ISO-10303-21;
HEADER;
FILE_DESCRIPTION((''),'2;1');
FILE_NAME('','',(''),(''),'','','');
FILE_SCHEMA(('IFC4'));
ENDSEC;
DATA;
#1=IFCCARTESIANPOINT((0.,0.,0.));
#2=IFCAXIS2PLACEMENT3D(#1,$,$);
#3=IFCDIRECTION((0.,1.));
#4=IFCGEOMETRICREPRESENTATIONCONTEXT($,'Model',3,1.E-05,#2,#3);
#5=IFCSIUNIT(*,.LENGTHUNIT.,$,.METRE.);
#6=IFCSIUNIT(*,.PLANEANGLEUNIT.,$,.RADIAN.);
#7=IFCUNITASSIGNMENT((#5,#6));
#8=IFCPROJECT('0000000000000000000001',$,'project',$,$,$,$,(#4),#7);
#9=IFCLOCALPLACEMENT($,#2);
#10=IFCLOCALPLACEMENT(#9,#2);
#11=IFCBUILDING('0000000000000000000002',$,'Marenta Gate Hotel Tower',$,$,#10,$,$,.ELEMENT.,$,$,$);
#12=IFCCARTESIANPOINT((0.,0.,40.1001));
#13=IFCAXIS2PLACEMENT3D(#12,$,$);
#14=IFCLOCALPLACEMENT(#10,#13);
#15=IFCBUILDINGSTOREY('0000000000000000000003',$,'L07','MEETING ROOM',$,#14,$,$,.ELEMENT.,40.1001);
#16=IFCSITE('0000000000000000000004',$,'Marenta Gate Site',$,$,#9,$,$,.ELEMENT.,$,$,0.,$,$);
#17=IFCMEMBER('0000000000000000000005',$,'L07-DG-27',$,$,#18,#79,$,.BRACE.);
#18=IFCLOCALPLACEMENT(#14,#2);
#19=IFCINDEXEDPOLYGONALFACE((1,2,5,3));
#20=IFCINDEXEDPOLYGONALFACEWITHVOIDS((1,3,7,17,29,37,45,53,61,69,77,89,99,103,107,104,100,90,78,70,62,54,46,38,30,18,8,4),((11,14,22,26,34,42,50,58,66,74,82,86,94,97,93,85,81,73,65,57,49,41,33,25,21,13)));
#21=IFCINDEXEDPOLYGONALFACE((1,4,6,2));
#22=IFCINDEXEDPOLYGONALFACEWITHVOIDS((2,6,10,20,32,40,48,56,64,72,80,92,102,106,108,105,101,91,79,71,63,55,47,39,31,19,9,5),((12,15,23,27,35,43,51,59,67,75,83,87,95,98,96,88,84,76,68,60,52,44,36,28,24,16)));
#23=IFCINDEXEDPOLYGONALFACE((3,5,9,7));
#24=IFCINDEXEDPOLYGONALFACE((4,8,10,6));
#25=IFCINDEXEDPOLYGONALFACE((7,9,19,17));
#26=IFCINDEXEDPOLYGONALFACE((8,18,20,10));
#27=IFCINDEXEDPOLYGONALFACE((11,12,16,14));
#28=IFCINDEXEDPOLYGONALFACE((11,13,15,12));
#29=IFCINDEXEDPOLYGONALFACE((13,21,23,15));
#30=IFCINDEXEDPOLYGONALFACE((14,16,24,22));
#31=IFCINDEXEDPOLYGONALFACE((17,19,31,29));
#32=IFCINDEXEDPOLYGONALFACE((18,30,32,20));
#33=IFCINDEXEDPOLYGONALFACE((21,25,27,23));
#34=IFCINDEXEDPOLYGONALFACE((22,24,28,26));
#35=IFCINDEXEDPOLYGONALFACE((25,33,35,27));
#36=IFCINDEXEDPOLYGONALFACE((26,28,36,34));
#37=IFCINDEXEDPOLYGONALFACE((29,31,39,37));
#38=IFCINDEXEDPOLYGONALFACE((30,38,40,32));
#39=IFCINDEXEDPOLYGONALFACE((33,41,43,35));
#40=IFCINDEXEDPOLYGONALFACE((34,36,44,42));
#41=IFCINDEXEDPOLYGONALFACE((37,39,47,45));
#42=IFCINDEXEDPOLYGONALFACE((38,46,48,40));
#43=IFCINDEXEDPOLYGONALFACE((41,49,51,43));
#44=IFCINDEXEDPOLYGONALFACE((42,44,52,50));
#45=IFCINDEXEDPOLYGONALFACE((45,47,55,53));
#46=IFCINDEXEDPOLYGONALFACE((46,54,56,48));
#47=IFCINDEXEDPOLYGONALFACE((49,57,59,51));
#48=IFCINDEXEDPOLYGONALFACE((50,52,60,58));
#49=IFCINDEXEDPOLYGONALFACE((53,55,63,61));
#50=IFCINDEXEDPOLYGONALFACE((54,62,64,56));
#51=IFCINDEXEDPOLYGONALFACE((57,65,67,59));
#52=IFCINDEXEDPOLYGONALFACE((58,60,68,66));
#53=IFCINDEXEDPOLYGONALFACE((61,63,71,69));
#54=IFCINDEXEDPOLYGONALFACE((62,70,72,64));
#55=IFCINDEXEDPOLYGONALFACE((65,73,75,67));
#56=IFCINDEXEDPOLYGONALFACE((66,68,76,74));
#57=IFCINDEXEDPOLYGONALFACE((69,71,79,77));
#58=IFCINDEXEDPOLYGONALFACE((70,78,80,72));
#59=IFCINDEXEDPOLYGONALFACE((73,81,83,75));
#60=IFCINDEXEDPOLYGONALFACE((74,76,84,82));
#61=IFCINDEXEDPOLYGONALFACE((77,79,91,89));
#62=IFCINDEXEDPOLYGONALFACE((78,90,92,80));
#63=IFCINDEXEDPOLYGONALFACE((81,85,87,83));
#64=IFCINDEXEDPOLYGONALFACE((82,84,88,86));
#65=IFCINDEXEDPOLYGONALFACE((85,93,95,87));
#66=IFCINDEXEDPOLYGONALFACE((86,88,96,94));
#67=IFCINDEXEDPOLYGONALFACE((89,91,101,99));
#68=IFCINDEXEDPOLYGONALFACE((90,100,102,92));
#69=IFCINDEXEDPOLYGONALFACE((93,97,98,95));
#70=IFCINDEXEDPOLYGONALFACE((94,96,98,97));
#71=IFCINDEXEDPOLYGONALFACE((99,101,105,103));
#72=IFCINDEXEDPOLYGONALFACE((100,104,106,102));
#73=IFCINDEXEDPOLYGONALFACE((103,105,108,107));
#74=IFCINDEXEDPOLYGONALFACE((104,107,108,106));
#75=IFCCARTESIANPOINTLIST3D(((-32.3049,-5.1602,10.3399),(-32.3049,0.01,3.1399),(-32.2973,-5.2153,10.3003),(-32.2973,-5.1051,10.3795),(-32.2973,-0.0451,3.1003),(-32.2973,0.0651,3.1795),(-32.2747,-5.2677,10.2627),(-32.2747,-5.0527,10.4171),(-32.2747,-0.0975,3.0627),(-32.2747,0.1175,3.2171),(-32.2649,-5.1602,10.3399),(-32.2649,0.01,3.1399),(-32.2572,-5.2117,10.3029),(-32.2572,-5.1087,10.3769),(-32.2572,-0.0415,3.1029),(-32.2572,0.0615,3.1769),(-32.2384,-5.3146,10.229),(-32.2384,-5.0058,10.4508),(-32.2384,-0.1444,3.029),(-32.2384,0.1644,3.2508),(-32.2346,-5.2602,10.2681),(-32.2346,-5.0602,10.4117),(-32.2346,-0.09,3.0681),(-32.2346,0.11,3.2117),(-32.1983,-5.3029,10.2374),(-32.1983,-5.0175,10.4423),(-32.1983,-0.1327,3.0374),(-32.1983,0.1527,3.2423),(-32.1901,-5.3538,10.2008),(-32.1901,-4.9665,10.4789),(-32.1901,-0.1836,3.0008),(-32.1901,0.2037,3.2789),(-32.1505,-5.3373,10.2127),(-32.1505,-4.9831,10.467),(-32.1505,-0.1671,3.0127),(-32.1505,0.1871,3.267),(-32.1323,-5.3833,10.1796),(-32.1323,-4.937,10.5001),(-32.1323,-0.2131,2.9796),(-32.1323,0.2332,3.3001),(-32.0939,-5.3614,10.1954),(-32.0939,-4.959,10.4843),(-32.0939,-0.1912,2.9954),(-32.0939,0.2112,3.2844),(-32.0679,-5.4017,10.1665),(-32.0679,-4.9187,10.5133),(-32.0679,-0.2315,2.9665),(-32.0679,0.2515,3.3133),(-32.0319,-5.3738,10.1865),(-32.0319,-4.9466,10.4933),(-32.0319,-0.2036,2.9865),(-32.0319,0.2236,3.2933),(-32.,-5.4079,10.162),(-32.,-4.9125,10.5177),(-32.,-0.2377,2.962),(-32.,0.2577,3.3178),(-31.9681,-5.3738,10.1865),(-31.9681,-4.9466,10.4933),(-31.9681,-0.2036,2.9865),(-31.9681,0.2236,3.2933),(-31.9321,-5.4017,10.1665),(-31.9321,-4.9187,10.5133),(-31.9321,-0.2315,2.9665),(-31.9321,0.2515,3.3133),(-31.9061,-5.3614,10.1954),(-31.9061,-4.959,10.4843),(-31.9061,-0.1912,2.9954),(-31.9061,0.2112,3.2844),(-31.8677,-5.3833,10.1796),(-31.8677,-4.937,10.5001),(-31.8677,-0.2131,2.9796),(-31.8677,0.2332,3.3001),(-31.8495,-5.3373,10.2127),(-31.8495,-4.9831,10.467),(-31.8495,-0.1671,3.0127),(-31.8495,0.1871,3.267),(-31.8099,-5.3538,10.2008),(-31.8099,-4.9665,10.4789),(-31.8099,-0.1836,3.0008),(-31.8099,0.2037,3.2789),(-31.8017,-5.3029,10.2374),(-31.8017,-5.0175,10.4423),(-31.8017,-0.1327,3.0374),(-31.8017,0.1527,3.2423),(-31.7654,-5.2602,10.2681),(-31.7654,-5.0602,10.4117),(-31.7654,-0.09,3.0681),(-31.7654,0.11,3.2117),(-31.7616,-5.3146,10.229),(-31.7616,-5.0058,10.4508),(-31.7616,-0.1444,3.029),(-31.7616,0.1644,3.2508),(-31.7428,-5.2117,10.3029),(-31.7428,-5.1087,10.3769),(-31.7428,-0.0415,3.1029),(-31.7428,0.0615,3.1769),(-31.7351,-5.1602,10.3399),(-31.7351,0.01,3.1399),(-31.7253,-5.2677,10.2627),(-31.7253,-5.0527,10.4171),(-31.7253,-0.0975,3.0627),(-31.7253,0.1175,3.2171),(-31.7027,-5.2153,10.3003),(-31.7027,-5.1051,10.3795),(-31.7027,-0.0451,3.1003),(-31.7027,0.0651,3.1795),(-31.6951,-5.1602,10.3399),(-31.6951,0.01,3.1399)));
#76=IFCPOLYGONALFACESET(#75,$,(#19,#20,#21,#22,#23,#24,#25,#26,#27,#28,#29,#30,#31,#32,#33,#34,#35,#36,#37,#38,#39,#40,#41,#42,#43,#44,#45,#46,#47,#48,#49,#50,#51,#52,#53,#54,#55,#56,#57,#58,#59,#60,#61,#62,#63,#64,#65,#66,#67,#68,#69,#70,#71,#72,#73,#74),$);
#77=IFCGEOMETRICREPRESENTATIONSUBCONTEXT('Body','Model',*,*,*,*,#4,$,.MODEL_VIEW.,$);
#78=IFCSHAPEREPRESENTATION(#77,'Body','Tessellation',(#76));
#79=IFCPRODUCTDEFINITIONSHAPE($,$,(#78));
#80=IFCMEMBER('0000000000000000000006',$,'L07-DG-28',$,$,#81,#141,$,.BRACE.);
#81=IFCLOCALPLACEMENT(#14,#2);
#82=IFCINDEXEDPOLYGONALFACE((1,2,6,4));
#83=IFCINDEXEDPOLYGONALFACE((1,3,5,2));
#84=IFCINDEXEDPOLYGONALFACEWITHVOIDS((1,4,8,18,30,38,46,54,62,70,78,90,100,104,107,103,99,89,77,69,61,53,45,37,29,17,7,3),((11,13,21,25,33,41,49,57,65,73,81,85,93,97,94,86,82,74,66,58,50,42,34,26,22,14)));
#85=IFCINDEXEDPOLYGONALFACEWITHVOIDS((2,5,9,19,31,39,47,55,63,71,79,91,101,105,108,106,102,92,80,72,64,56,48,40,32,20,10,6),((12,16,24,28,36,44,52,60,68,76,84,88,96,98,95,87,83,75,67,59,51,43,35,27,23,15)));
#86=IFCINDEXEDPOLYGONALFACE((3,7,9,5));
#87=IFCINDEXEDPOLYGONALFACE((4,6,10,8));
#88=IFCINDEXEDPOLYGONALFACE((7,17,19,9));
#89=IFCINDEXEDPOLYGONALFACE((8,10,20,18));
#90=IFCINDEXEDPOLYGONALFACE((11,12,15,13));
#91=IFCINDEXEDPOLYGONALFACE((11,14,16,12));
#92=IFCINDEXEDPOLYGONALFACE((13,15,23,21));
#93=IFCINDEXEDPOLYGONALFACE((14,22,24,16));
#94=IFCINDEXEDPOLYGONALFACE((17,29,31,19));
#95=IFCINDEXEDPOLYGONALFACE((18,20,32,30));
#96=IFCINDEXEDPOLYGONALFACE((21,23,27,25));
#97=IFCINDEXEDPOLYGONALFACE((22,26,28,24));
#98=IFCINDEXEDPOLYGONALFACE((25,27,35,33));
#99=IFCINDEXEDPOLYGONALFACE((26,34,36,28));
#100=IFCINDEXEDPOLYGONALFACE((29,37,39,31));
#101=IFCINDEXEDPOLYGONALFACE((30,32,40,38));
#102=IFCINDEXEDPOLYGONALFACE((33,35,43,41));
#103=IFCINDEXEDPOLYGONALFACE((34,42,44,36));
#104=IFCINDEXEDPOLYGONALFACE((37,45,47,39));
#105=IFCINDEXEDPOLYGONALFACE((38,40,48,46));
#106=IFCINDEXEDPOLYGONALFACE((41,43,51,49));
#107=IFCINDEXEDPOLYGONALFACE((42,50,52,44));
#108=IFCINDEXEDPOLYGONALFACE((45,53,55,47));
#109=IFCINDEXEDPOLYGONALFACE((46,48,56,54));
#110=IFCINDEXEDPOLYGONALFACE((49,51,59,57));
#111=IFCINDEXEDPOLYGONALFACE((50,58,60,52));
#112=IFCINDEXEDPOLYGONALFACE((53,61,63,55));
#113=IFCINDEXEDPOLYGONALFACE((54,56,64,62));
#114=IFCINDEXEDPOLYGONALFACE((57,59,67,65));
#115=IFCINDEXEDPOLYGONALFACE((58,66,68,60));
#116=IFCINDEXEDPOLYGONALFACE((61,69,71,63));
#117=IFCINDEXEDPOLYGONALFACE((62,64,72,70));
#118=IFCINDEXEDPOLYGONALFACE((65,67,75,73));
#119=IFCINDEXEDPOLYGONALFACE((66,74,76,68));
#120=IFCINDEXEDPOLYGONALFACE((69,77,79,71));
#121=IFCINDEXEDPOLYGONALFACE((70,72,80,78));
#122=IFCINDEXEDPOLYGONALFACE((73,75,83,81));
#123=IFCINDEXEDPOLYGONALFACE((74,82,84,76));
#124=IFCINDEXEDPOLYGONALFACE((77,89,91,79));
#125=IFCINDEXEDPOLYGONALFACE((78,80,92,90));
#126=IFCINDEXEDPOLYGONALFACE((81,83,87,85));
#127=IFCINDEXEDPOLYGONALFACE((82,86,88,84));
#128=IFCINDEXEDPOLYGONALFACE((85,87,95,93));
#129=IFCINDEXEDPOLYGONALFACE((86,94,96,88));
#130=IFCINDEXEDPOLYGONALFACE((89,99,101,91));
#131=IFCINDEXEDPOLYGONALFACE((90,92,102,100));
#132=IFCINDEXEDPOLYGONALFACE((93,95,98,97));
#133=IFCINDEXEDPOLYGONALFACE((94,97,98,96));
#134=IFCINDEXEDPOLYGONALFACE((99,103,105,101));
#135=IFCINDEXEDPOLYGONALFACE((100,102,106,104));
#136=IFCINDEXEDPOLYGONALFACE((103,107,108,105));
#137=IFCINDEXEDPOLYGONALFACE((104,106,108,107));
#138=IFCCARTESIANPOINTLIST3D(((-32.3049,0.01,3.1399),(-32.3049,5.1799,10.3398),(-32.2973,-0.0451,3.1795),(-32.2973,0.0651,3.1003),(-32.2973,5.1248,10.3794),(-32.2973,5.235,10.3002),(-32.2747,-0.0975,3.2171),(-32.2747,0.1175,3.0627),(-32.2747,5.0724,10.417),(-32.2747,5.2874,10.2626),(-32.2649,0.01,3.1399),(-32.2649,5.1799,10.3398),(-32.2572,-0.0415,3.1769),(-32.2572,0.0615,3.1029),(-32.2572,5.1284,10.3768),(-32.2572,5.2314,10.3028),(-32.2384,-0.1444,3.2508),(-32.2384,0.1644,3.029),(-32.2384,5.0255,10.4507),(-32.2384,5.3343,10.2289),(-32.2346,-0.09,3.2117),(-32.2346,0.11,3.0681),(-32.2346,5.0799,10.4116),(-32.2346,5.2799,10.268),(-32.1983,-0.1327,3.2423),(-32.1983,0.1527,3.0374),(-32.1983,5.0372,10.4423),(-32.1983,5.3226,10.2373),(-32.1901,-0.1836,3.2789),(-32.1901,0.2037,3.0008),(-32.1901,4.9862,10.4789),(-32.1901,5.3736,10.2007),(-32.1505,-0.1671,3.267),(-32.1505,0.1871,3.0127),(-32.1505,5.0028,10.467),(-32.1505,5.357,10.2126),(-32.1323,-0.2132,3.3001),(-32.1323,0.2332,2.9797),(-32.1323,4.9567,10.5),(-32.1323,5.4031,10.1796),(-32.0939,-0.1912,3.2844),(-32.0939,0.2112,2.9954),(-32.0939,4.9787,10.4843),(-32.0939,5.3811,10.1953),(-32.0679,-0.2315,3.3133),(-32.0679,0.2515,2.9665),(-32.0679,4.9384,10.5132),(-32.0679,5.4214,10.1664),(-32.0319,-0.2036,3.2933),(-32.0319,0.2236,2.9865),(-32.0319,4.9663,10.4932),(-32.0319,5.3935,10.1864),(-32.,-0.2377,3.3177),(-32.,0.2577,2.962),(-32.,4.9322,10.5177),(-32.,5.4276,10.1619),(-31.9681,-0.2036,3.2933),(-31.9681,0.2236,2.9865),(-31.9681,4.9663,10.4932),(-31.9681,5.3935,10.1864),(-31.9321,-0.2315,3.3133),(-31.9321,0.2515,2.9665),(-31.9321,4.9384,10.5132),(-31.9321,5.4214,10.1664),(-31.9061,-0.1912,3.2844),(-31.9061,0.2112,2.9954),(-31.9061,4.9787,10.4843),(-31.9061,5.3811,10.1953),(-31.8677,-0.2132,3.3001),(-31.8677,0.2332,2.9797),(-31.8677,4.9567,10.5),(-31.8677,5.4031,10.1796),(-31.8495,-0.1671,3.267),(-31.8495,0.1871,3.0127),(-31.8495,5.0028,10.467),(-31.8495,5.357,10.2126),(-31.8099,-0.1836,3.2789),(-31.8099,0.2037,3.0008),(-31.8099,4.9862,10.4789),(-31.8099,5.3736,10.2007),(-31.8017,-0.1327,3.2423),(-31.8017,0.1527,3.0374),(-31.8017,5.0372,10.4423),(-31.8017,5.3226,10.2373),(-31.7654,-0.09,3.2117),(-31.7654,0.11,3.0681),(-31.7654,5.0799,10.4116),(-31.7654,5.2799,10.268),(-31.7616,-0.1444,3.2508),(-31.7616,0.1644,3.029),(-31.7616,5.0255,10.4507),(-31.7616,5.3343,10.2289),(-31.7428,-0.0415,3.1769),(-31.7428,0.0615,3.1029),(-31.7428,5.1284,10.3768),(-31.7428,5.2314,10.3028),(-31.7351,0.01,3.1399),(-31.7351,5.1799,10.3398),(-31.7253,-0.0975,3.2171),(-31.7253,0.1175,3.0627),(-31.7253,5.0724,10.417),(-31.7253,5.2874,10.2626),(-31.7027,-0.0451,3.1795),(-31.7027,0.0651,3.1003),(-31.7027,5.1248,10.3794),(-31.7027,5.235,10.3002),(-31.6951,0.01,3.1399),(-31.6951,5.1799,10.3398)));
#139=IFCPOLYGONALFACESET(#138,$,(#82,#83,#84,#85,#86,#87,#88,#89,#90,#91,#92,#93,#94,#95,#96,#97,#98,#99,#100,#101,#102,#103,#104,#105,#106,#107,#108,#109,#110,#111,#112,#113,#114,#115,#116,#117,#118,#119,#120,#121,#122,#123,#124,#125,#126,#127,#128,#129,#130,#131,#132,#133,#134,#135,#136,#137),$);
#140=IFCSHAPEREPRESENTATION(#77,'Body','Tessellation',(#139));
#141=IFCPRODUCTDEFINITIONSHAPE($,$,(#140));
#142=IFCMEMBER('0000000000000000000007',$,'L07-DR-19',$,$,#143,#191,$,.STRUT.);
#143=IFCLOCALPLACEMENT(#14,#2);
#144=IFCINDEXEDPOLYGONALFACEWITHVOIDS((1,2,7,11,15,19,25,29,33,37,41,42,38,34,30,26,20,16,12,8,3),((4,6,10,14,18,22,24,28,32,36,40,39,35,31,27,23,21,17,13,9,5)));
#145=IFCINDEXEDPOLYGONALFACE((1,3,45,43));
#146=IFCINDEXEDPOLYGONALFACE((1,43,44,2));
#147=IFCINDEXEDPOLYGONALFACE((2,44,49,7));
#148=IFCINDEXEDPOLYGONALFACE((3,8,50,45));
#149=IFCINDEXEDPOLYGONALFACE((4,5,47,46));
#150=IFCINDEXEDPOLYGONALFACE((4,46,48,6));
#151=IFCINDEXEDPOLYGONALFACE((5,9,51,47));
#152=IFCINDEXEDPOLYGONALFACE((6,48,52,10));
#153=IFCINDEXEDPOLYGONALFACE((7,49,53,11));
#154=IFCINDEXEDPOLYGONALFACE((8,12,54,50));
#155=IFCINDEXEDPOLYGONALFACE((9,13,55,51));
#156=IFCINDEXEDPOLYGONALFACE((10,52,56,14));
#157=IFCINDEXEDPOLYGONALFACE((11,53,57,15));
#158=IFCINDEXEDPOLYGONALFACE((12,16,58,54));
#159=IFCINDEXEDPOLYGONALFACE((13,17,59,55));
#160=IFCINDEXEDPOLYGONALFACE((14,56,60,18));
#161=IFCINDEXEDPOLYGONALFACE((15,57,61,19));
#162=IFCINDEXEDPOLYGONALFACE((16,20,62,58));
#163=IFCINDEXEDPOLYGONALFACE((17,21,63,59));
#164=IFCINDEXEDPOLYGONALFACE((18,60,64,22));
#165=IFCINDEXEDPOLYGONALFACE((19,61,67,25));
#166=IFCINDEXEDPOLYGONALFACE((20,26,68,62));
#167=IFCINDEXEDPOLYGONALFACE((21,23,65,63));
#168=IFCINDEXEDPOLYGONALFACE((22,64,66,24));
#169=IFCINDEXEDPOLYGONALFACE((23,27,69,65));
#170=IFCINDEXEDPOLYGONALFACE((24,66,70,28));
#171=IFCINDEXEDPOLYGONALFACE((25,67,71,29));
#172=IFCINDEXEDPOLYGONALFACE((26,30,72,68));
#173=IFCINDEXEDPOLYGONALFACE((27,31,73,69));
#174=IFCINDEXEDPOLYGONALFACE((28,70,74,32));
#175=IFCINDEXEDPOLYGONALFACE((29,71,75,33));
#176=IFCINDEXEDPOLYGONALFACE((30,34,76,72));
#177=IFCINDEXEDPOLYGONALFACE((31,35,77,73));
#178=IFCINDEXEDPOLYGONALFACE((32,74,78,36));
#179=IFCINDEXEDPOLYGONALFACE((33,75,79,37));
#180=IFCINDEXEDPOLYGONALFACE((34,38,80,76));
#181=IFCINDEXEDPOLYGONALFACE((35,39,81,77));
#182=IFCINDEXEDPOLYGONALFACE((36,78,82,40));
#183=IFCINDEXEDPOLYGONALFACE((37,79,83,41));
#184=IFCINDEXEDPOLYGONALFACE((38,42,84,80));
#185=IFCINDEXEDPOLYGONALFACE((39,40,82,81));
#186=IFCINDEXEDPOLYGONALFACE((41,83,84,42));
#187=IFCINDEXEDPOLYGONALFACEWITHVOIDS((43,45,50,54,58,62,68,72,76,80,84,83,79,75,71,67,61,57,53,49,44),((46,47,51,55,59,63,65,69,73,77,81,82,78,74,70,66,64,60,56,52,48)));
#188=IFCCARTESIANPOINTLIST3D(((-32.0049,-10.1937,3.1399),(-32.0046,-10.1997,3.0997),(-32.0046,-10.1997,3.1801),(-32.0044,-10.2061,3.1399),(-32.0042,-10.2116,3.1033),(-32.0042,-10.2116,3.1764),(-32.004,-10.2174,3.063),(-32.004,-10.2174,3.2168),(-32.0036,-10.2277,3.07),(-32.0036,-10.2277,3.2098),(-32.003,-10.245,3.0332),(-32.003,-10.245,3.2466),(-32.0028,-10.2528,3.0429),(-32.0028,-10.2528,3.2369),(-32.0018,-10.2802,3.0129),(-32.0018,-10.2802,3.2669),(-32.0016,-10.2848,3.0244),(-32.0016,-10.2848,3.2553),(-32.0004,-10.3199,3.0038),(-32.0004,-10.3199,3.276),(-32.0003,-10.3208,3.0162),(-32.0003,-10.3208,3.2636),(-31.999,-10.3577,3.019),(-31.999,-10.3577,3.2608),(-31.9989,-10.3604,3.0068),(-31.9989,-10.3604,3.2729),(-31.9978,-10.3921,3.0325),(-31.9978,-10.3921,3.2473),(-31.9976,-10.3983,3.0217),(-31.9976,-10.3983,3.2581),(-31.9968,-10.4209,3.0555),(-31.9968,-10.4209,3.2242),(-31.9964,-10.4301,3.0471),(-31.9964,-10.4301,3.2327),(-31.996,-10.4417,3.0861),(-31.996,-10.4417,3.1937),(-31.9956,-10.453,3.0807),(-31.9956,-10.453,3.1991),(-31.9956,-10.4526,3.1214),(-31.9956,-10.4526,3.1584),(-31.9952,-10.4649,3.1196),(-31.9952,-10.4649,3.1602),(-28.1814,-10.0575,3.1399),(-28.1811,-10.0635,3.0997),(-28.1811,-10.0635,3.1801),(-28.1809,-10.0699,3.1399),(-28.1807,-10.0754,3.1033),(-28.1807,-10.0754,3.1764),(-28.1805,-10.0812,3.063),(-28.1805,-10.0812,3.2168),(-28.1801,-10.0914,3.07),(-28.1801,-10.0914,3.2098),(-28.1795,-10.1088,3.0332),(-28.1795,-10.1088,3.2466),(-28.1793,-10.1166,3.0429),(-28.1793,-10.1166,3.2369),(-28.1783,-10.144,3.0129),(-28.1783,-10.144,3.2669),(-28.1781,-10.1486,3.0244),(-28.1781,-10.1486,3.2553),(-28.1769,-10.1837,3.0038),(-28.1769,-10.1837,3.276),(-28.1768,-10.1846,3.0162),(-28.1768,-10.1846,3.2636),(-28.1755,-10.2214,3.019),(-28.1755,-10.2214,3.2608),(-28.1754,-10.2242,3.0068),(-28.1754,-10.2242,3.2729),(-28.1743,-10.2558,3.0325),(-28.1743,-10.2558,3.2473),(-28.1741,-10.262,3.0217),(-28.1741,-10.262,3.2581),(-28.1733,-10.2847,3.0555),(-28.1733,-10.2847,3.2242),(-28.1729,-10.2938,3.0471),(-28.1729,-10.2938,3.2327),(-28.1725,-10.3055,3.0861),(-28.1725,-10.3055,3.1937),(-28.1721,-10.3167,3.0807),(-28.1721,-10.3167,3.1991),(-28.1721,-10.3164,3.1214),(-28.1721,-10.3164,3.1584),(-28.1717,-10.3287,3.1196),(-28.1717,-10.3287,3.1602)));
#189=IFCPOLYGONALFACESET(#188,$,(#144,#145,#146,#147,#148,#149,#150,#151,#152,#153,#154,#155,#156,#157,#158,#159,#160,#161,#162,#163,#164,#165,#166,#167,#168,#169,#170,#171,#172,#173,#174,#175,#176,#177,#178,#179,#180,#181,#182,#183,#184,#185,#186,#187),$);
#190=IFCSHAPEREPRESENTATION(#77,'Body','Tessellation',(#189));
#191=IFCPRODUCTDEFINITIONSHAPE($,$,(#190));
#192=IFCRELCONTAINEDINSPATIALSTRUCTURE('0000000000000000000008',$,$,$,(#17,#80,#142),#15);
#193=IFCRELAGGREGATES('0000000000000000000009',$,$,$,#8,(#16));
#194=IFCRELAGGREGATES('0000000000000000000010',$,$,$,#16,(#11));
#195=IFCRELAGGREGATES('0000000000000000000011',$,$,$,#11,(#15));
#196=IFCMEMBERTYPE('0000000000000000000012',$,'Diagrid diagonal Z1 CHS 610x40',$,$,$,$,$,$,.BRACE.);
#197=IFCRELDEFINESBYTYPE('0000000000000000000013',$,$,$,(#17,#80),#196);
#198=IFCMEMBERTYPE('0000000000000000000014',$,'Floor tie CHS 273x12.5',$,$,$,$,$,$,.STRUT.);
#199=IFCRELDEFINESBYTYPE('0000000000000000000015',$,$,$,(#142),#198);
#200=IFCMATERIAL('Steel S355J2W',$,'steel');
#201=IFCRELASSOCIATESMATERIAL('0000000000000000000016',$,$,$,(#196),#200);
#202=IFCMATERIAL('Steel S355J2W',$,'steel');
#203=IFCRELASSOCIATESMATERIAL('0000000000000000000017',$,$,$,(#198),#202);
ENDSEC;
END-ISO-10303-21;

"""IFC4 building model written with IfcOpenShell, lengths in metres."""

from ifc_helpers import new_model, si_unit, direction, frame, origin, origin_2d, place, context, subcontext, project, spatial, hollow_circle, extrude, material, material_profile, profile_set, type_object, element, save


model = new_model("IFC4")

# Units and contexts
model_context = context("Model", 3, precision=1e-05, world=origin(), true_north=direction((0.0, 1.0)))
body_context = subcontext(model_context, "Body", "Model", "MODEL_VIEW")
ifc_project = project(units=[si_unit("LENGTHUNIT", "METRE"), si_unit("PLANEANGLEUNIT", "RADIAN")], contexts=[model_context])

# Site, building, storey
site_placement = place(None, origin())
site = spatial("IfcSite", under=ifc_project, at=site_placement, Name="Marenta Gate Site", CompositionType="ELEMENT", RefElevation=0.0)
building_placement = place(site_placement, origin())
building = spatial("IfcBuilding", under=site, at=building_placement, Name="Marenta Gate Hotel Tower", CompositionType="ELEMENT")
storey_placement = place(building_placement, frame((0.0, 0.0, 40.1001)))
storey = spatial("IfcBuildingStorey", under=building, at=storey_placement, Name="L07", Description="MEETING ROOM", CompositionType="ELEMENT", Elevation=40.1001)

# Members
ifc_material_1 = material(Name="Steel S355J2W", Category="steel")
ifc_material_profile_1 = material_profile(ifc_material_1, hollow_circle(Radius=0.3049, WallThickness=0.04, at=origin_2d()), Name="CHS 610x40")
ifc_profile_set_1 = profile_set([ifc_material_profile_1], Name="Steel S355J2W")
member_type_1 = type_object("IfcMemberType", Name="Diagrid diagonal Z1 CHS 610x40", PredefinedType="BRACE", material=ifc_profile_set_1)
member_1_placement = place(storey_placement, frame((-32.0, 0.01, 3.1399), z_axis=(0.0, -0.583279, 0.812272), x_axis=(1.0, 0.0, 0.0)))
element("IfcMember", 1, at=member_1_placement, inside=storey, type_object=member_type_1, Name="L07-DG-27", PredefinedType="BRACE", context=body_context, shape_type="SweptSolid", body=[
    extrude(hollow_circle(Radius=0.3049, WallThickness=0.04, at=origin_2d()), origin(), (0.0, 0.0, 1.0), 8.864),
])
member_2_placement = place(storey_placement, frame((-32.0, 0.01, 3.1399), z_axis=(0.0, 0.583261, 0.812285), x_axis=(-1.0, 0.0, 0.0)))
element("IfcMember", 2, at=member_2_placement, inside=storey, type_object=member_type_1, Name="L07-DG-28", PredefinedType="BRACE", context=body_context, shape_type="SweptSolid", body=[
    extrude(hollow_circle(Radius=0.3049, WallThickness=0.04, at=origin_2d()), origin(), (0.0, 0.0, 1.0), 8.8638),
])
ifc_material_2 = material(Name="Steel S355J2W", Category="steel")
ifc_material_profile_2 = material_profile(ifc_material_2, hollow_circle(Radius=0.1365, WallThickness=0.0125, at=origin_2d()), Name="CHS 273x12.5")
ifc_profile_set_2 = profile_set([ifc_material_profile_2], Name="Steel S355J2W")
member_type_2 = type_object("IfcMemberType", Name="Floor tie CHS 273x12.5", PredefinedType="STRUT", material=ifc_profile_set_2)
member_3_placement = place(storey_placement, frame((-32.0, -10.3301, 3.1399), z_axis=(0.999366, 0.035607, 0.0), x_axis=(-0.035607, 0.999366, 0.0)))
element("IfcMember", 3, at=member_3_placement, inside=storey, type_object=member_type_2, Name="L07-DR-19", PredefinedType="STRUT", context=body_context, shape_type="SweptSolid", body=[
    extrude(hollow_circle(Radius=0.1365, WallThickness=0.0125, at=origin_2d()), origin(), (0.0, 0.0, 1.0), 3.8259),
])

save(model, "model.ifc")
